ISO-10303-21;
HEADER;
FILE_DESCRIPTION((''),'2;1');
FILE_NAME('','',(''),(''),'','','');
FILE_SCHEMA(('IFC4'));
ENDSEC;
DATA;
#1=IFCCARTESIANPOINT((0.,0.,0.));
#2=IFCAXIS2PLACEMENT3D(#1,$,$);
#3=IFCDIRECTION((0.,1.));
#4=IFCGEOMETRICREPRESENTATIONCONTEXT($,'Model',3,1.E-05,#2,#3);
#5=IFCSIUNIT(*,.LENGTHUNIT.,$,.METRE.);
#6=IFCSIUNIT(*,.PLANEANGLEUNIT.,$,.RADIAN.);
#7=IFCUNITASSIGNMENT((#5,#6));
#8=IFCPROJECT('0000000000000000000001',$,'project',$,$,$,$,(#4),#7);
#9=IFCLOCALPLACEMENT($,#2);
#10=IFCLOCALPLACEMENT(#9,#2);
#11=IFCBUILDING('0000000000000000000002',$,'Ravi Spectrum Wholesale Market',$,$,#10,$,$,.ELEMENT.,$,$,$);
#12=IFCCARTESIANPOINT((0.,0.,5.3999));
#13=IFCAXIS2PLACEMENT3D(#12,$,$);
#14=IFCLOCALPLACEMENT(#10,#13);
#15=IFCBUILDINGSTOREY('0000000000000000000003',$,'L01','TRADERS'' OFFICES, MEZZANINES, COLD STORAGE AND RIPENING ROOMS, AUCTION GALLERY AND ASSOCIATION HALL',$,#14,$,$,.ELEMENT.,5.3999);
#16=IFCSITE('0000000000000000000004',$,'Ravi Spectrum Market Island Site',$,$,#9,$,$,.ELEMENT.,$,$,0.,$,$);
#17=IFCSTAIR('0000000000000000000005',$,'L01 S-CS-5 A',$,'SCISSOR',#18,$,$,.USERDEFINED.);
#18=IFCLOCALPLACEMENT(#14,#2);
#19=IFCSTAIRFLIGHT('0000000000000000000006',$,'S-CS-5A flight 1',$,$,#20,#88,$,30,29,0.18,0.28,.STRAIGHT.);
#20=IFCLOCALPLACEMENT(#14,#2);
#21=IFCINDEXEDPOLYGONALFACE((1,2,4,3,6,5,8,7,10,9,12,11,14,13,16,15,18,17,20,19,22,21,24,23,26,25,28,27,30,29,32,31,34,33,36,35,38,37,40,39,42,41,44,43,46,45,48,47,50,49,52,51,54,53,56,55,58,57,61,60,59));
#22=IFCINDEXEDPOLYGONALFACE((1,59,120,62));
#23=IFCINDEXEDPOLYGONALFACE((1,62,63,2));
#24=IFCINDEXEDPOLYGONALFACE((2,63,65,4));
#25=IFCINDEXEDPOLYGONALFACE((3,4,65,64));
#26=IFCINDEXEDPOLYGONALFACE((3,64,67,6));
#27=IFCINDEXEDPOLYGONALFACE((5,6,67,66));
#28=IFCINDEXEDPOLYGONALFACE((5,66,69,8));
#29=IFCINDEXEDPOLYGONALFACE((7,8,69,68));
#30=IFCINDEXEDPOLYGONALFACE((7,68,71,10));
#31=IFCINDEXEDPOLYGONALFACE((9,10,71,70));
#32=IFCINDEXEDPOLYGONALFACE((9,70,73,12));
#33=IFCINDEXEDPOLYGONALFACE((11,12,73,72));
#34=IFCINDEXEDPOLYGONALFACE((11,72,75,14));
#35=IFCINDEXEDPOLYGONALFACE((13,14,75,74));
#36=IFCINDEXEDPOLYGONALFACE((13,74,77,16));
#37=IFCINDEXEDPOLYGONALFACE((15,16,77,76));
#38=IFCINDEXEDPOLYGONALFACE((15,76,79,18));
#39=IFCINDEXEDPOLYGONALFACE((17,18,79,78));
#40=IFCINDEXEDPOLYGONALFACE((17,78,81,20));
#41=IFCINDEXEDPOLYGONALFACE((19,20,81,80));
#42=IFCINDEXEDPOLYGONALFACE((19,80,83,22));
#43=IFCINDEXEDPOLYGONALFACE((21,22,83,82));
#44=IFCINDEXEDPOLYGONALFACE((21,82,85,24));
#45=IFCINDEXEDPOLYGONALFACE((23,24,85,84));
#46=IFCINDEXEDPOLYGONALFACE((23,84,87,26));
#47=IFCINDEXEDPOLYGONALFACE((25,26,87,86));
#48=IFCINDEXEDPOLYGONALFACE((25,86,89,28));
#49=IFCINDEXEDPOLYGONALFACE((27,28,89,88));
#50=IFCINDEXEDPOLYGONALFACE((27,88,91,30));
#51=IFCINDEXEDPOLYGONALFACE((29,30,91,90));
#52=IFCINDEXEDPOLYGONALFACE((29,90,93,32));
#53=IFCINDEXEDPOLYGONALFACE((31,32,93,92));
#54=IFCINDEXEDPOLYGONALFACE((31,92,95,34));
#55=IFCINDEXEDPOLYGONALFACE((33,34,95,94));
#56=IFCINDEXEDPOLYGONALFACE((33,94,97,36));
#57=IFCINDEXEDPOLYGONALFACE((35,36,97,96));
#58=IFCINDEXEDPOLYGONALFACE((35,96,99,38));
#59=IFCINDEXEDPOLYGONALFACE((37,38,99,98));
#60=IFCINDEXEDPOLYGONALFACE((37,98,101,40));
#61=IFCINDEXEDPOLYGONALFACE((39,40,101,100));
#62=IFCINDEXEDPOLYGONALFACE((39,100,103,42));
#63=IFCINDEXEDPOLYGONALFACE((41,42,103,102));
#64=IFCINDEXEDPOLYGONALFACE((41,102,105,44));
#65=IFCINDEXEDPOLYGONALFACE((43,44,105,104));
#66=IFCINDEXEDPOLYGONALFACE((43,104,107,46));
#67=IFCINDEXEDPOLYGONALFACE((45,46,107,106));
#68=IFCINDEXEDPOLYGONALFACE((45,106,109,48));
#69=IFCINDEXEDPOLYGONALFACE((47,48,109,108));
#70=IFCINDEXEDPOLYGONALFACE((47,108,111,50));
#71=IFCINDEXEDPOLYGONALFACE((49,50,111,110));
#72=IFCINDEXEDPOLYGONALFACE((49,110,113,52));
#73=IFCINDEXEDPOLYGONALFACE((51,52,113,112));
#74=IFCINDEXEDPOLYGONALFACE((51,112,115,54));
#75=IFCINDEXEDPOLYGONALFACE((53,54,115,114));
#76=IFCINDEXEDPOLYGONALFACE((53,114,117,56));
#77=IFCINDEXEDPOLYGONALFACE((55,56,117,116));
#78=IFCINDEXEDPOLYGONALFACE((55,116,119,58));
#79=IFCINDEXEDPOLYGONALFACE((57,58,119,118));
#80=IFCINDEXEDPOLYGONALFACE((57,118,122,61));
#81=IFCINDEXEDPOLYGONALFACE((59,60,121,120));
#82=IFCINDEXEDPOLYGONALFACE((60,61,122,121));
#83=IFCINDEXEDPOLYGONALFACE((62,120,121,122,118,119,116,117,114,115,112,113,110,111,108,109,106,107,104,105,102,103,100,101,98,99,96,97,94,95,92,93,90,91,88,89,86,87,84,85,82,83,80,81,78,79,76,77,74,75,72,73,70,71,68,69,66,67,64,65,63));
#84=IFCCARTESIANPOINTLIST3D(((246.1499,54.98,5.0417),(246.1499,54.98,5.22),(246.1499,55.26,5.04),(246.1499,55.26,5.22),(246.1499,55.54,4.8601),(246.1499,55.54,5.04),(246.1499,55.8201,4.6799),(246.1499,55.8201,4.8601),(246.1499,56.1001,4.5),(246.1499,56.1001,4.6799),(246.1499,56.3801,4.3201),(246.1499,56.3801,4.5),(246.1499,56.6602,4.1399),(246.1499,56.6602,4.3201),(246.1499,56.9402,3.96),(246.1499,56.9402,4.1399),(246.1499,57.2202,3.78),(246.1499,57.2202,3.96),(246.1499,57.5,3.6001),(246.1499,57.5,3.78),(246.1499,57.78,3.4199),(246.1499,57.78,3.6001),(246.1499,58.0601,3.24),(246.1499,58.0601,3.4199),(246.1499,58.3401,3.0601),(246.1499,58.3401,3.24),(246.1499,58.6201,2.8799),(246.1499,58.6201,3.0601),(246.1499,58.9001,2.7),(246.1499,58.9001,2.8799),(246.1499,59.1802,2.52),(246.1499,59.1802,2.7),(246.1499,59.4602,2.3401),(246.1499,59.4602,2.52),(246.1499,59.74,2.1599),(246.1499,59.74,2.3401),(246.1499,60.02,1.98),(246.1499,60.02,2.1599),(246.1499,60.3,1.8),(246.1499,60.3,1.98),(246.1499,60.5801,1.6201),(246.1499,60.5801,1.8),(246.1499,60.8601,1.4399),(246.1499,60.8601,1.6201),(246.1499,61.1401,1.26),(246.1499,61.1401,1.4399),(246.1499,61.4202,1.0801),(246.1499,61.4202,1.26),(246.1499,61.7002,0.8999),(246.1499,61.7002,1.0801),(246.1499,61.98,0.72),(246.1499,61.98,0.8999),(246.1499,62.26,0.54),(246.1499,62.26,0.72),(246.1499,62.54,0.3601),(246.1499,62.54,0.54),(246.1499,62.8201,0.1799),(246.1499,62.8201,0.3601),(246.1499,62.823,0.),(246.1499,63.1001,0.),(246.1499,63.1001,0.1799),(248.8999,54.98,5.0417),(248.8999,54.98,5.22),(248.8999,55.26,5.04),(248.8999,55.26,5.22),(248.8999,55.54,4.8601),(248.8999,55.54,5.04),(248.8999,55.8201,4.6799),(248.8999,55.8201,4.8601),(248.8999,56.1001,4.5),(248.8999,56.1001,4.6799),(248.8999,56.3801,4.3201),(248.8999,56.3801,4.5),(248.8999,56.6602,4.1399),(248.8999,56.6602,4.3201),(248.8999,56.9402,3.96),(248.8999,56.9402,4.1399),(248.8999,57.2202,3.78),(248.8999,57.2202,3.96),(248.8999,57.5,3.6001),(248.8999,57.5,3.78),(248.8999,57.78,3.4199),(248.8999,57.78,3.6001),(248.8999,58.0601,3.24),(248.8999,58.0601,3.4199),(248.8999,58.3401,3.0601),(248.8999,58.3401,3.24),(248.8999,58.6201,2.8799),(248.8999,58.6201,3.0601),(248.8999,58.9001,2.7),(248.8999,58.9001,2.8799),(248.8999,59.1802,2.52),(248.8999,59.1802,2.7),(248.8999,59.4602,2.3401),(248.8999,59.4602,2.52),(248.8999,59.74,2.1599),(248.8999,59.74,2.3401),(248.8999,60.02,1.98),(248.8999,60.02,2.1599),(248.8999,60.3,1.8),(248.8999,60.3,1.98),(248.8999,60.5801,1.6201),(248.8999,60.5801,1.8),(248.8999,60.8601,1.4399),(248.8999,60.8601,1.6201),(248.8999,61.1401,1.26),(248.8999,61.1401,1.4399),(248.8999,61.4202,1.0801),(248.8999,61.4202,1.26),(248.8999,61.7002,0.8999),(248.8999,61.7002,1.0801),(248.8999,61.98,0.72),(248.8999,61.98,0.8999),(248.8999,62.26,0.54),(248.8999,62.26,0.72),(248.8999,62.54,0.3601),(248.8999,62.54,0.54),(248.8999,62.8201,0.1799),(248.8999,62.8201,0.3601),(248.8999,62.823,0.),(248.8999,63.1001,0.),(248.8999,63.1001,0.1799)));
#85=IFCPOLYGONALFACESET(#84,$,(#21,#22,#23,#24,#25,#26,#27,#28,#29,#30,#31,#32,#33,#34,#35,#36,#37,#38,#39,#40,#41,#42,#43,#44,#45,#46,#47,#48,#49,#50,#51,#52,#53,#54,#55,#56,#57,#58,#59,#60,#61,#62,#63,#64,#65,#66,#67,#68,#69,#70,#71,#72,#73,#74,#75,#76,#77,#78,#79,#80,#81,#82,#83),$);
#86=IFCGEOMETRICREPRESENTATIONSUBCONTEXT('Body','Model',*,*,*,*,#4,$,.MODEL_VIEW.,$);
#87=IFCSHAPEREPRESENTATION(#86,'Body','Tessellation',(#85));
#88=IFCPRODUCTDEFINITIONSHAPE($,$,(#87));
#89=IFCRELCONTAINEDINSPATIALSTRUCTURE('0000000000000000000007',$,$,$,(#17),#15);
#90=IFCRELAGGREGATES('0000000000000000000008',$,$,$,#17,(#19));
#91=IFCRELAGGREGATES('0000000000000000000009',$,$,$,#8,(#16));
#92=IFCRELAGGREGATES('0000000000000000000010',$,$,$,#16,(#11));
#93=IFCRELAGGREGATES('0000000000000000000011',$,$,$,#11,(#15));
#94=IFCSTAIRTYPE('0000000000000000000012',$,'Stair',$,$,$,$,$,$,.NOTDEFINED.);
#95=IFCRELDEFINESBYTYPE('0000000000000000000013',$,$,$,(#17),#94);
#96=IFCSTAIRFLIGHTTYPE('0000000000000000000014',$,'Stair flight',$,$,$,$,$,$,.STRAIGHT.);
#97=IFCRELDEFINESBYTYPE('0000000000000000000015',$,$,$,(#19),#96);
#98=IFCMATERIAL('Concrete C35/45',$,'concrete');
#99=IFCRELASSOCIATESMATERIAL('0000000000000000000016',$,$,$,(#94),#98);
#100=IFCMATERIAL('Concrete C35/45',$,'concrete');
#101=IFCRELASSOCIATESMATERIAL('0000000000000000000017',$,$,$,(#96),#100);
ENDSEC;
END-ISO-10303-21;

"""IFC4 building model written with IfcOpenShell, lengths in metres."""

from ifc_helpers import new_model, si_unit, direction, frame, origin, place, context, subcontext, project, spatial, polyline, outline, extrude, material, type_object, element, aggregate, save


model = new_model("IFC4")

# Units and contexts
model_context = context("Model", 3, precision=1e-05, world=origin(), true_north=direction((0.0, 1.0)))
body_context = subcontext(model_context, "Body", "Model", "MODEL_VIEW")
ifc_project = project(units=[si_unit("LENGTHUNIT", "METRE"), si_unit("PLANEANGLEUNIT", "RADIAN")], contexts=[model_context])

# Site, building, storey
site_placement = place(None, origin())
site = spatial("IfcSite", under=ifc_project, at=site_placement, Name="Ravi Spectrum Market Island Site", CompositionType="ELEMENT", RefElevation=0.0)
building_placement = place(site_placement, origin())
building = spatial("IfcBuilding", under=site, at=building_placement, Name="Ravi Spectrum Wholesale Market", CompositionType="ELEMENT")
storey_placement = place(building_placement, frame((0.0, 0.0, 5.3999)))
storey = spatial("IfcBuildingStorey", under=building, at=storey_placement, Name="L01", Description="TRADERS' OFFICES, MEZZANINES, COLD STORAGE AND RIPENING ROOMS, AUCTION GALLERY AND ASSOCIATION HALL", CompositionType="ELEMENT", Elevation=5.3999)

# Stair, stair flight
ifc_material_1 = material(Name="Concrete C35/45", Category="concrete")
stair_type = type_object("IfcStairType", Name="Stair", PredefinedType="NOTDEFINED", material=ifc_material_1)
stair_placement = place(storey_placement, origin())
stair = element("IfcStair", 1, at=stair_placement, inside=storey, type_object=stair_type, Name="L01 S-CS-5 A", ObjectType="SCISSOR", PredefinedType="USERDEFINED")
ifc_material_2 = material(Name="Concrete C35/45", Category="concrete")
stair_flight_type = type_object("IfcStairFlightType", Name="Stair flight", PredefinedType="STRAIGHT", material=ifc_material_2)
stair_flight_placement = place(storey_placement, frame((247.5249, 63.1001, 0.0), z_axis=(0.0, 0.0, 1.0), x_axis=(0.0, -1.0, 0.0)))
stair_flight = element("IfcStairFlight", 2, at=stair_flight_placement, type_object=stair_flight_type, Name="S-CS-5A flight 1", NumberOfRisers=30, NumberOfTreads=29, PredefinedType="STRAIGHT", RiserHeight=0.18, TreadLength=0.28, context=body_context, shape_type="SweptSolid", body=[
    extrude(outline(polyline([(0.0, 0.0), (0.0, 0.1799), (0.28, 0.1799), (0.28, 0.3601), (0.5601, 0.3601), (0.5601, 0.54), (0.8401, 0.54), (0.8401, 0.72), (1.1201, 0.72), (1.1201, 0.8999), (1.3999, 0.8999), (1.3999, 1.0801), (1.6799, 1.0801), (1.6799, 1.26), (1.96, 1.26), (1.96, 1.4399), (2.24, 1.4399), (2.24, 1.6201), (2.52, 1.6201), (2.52, 1.8), (2.8, 1.8), (2.8, 1.98), (3.0801, 1.98), (3.0801, 2.1599), (3.3601, 2.1599), (3.3601, 2.3401), (3.6399, 2.3401), (3.6399, 2.52), (3.9199, 2.52), (3.9199, 2.7), (4.2, 2.7), (4.2, 2.8799), (4.48, 2.8799), (4.48, 3.0601), (4.76, 3.0601), (4.76, 3.24), (5.04, 3.24), (5.04, 3.4199), (5.3201, 3.4199), (5.3201, 3.6001), (5.6001, 3.6001), (5.6001, 3.78), (5.8799, 3.78), (5.8799, 3.96), (6.1599, 3.96), (6.1599, 4.1399), (6.4399, 4.1399), (6.4399, 4.3201), (6.72, 4.3201), (6.72, 4.5), (7.0, 4.5), (7.0, 4.6799), (7.28, 4.6799), (7.28, 4.8601), (7.5601, 4.8601), (7.5601, 5.04), (7.8401, 5.04), (7.8401, 5.22), (8.1201, 5.22), (8.1201, 5.3999), (8.1201, 5.0417), (0.2771, 0.0), (0.0, 0.0)])), frame((0.0, 1.375, 0.0), z_axis=(0.0, -1.0, 0.0), x_axis=(1.0, 0.0, 0.0)), (0.0, 0.0, 1.0), 2.75),
])
aggregate(stair, [stair_flight])

save(model, "model.ifc")
